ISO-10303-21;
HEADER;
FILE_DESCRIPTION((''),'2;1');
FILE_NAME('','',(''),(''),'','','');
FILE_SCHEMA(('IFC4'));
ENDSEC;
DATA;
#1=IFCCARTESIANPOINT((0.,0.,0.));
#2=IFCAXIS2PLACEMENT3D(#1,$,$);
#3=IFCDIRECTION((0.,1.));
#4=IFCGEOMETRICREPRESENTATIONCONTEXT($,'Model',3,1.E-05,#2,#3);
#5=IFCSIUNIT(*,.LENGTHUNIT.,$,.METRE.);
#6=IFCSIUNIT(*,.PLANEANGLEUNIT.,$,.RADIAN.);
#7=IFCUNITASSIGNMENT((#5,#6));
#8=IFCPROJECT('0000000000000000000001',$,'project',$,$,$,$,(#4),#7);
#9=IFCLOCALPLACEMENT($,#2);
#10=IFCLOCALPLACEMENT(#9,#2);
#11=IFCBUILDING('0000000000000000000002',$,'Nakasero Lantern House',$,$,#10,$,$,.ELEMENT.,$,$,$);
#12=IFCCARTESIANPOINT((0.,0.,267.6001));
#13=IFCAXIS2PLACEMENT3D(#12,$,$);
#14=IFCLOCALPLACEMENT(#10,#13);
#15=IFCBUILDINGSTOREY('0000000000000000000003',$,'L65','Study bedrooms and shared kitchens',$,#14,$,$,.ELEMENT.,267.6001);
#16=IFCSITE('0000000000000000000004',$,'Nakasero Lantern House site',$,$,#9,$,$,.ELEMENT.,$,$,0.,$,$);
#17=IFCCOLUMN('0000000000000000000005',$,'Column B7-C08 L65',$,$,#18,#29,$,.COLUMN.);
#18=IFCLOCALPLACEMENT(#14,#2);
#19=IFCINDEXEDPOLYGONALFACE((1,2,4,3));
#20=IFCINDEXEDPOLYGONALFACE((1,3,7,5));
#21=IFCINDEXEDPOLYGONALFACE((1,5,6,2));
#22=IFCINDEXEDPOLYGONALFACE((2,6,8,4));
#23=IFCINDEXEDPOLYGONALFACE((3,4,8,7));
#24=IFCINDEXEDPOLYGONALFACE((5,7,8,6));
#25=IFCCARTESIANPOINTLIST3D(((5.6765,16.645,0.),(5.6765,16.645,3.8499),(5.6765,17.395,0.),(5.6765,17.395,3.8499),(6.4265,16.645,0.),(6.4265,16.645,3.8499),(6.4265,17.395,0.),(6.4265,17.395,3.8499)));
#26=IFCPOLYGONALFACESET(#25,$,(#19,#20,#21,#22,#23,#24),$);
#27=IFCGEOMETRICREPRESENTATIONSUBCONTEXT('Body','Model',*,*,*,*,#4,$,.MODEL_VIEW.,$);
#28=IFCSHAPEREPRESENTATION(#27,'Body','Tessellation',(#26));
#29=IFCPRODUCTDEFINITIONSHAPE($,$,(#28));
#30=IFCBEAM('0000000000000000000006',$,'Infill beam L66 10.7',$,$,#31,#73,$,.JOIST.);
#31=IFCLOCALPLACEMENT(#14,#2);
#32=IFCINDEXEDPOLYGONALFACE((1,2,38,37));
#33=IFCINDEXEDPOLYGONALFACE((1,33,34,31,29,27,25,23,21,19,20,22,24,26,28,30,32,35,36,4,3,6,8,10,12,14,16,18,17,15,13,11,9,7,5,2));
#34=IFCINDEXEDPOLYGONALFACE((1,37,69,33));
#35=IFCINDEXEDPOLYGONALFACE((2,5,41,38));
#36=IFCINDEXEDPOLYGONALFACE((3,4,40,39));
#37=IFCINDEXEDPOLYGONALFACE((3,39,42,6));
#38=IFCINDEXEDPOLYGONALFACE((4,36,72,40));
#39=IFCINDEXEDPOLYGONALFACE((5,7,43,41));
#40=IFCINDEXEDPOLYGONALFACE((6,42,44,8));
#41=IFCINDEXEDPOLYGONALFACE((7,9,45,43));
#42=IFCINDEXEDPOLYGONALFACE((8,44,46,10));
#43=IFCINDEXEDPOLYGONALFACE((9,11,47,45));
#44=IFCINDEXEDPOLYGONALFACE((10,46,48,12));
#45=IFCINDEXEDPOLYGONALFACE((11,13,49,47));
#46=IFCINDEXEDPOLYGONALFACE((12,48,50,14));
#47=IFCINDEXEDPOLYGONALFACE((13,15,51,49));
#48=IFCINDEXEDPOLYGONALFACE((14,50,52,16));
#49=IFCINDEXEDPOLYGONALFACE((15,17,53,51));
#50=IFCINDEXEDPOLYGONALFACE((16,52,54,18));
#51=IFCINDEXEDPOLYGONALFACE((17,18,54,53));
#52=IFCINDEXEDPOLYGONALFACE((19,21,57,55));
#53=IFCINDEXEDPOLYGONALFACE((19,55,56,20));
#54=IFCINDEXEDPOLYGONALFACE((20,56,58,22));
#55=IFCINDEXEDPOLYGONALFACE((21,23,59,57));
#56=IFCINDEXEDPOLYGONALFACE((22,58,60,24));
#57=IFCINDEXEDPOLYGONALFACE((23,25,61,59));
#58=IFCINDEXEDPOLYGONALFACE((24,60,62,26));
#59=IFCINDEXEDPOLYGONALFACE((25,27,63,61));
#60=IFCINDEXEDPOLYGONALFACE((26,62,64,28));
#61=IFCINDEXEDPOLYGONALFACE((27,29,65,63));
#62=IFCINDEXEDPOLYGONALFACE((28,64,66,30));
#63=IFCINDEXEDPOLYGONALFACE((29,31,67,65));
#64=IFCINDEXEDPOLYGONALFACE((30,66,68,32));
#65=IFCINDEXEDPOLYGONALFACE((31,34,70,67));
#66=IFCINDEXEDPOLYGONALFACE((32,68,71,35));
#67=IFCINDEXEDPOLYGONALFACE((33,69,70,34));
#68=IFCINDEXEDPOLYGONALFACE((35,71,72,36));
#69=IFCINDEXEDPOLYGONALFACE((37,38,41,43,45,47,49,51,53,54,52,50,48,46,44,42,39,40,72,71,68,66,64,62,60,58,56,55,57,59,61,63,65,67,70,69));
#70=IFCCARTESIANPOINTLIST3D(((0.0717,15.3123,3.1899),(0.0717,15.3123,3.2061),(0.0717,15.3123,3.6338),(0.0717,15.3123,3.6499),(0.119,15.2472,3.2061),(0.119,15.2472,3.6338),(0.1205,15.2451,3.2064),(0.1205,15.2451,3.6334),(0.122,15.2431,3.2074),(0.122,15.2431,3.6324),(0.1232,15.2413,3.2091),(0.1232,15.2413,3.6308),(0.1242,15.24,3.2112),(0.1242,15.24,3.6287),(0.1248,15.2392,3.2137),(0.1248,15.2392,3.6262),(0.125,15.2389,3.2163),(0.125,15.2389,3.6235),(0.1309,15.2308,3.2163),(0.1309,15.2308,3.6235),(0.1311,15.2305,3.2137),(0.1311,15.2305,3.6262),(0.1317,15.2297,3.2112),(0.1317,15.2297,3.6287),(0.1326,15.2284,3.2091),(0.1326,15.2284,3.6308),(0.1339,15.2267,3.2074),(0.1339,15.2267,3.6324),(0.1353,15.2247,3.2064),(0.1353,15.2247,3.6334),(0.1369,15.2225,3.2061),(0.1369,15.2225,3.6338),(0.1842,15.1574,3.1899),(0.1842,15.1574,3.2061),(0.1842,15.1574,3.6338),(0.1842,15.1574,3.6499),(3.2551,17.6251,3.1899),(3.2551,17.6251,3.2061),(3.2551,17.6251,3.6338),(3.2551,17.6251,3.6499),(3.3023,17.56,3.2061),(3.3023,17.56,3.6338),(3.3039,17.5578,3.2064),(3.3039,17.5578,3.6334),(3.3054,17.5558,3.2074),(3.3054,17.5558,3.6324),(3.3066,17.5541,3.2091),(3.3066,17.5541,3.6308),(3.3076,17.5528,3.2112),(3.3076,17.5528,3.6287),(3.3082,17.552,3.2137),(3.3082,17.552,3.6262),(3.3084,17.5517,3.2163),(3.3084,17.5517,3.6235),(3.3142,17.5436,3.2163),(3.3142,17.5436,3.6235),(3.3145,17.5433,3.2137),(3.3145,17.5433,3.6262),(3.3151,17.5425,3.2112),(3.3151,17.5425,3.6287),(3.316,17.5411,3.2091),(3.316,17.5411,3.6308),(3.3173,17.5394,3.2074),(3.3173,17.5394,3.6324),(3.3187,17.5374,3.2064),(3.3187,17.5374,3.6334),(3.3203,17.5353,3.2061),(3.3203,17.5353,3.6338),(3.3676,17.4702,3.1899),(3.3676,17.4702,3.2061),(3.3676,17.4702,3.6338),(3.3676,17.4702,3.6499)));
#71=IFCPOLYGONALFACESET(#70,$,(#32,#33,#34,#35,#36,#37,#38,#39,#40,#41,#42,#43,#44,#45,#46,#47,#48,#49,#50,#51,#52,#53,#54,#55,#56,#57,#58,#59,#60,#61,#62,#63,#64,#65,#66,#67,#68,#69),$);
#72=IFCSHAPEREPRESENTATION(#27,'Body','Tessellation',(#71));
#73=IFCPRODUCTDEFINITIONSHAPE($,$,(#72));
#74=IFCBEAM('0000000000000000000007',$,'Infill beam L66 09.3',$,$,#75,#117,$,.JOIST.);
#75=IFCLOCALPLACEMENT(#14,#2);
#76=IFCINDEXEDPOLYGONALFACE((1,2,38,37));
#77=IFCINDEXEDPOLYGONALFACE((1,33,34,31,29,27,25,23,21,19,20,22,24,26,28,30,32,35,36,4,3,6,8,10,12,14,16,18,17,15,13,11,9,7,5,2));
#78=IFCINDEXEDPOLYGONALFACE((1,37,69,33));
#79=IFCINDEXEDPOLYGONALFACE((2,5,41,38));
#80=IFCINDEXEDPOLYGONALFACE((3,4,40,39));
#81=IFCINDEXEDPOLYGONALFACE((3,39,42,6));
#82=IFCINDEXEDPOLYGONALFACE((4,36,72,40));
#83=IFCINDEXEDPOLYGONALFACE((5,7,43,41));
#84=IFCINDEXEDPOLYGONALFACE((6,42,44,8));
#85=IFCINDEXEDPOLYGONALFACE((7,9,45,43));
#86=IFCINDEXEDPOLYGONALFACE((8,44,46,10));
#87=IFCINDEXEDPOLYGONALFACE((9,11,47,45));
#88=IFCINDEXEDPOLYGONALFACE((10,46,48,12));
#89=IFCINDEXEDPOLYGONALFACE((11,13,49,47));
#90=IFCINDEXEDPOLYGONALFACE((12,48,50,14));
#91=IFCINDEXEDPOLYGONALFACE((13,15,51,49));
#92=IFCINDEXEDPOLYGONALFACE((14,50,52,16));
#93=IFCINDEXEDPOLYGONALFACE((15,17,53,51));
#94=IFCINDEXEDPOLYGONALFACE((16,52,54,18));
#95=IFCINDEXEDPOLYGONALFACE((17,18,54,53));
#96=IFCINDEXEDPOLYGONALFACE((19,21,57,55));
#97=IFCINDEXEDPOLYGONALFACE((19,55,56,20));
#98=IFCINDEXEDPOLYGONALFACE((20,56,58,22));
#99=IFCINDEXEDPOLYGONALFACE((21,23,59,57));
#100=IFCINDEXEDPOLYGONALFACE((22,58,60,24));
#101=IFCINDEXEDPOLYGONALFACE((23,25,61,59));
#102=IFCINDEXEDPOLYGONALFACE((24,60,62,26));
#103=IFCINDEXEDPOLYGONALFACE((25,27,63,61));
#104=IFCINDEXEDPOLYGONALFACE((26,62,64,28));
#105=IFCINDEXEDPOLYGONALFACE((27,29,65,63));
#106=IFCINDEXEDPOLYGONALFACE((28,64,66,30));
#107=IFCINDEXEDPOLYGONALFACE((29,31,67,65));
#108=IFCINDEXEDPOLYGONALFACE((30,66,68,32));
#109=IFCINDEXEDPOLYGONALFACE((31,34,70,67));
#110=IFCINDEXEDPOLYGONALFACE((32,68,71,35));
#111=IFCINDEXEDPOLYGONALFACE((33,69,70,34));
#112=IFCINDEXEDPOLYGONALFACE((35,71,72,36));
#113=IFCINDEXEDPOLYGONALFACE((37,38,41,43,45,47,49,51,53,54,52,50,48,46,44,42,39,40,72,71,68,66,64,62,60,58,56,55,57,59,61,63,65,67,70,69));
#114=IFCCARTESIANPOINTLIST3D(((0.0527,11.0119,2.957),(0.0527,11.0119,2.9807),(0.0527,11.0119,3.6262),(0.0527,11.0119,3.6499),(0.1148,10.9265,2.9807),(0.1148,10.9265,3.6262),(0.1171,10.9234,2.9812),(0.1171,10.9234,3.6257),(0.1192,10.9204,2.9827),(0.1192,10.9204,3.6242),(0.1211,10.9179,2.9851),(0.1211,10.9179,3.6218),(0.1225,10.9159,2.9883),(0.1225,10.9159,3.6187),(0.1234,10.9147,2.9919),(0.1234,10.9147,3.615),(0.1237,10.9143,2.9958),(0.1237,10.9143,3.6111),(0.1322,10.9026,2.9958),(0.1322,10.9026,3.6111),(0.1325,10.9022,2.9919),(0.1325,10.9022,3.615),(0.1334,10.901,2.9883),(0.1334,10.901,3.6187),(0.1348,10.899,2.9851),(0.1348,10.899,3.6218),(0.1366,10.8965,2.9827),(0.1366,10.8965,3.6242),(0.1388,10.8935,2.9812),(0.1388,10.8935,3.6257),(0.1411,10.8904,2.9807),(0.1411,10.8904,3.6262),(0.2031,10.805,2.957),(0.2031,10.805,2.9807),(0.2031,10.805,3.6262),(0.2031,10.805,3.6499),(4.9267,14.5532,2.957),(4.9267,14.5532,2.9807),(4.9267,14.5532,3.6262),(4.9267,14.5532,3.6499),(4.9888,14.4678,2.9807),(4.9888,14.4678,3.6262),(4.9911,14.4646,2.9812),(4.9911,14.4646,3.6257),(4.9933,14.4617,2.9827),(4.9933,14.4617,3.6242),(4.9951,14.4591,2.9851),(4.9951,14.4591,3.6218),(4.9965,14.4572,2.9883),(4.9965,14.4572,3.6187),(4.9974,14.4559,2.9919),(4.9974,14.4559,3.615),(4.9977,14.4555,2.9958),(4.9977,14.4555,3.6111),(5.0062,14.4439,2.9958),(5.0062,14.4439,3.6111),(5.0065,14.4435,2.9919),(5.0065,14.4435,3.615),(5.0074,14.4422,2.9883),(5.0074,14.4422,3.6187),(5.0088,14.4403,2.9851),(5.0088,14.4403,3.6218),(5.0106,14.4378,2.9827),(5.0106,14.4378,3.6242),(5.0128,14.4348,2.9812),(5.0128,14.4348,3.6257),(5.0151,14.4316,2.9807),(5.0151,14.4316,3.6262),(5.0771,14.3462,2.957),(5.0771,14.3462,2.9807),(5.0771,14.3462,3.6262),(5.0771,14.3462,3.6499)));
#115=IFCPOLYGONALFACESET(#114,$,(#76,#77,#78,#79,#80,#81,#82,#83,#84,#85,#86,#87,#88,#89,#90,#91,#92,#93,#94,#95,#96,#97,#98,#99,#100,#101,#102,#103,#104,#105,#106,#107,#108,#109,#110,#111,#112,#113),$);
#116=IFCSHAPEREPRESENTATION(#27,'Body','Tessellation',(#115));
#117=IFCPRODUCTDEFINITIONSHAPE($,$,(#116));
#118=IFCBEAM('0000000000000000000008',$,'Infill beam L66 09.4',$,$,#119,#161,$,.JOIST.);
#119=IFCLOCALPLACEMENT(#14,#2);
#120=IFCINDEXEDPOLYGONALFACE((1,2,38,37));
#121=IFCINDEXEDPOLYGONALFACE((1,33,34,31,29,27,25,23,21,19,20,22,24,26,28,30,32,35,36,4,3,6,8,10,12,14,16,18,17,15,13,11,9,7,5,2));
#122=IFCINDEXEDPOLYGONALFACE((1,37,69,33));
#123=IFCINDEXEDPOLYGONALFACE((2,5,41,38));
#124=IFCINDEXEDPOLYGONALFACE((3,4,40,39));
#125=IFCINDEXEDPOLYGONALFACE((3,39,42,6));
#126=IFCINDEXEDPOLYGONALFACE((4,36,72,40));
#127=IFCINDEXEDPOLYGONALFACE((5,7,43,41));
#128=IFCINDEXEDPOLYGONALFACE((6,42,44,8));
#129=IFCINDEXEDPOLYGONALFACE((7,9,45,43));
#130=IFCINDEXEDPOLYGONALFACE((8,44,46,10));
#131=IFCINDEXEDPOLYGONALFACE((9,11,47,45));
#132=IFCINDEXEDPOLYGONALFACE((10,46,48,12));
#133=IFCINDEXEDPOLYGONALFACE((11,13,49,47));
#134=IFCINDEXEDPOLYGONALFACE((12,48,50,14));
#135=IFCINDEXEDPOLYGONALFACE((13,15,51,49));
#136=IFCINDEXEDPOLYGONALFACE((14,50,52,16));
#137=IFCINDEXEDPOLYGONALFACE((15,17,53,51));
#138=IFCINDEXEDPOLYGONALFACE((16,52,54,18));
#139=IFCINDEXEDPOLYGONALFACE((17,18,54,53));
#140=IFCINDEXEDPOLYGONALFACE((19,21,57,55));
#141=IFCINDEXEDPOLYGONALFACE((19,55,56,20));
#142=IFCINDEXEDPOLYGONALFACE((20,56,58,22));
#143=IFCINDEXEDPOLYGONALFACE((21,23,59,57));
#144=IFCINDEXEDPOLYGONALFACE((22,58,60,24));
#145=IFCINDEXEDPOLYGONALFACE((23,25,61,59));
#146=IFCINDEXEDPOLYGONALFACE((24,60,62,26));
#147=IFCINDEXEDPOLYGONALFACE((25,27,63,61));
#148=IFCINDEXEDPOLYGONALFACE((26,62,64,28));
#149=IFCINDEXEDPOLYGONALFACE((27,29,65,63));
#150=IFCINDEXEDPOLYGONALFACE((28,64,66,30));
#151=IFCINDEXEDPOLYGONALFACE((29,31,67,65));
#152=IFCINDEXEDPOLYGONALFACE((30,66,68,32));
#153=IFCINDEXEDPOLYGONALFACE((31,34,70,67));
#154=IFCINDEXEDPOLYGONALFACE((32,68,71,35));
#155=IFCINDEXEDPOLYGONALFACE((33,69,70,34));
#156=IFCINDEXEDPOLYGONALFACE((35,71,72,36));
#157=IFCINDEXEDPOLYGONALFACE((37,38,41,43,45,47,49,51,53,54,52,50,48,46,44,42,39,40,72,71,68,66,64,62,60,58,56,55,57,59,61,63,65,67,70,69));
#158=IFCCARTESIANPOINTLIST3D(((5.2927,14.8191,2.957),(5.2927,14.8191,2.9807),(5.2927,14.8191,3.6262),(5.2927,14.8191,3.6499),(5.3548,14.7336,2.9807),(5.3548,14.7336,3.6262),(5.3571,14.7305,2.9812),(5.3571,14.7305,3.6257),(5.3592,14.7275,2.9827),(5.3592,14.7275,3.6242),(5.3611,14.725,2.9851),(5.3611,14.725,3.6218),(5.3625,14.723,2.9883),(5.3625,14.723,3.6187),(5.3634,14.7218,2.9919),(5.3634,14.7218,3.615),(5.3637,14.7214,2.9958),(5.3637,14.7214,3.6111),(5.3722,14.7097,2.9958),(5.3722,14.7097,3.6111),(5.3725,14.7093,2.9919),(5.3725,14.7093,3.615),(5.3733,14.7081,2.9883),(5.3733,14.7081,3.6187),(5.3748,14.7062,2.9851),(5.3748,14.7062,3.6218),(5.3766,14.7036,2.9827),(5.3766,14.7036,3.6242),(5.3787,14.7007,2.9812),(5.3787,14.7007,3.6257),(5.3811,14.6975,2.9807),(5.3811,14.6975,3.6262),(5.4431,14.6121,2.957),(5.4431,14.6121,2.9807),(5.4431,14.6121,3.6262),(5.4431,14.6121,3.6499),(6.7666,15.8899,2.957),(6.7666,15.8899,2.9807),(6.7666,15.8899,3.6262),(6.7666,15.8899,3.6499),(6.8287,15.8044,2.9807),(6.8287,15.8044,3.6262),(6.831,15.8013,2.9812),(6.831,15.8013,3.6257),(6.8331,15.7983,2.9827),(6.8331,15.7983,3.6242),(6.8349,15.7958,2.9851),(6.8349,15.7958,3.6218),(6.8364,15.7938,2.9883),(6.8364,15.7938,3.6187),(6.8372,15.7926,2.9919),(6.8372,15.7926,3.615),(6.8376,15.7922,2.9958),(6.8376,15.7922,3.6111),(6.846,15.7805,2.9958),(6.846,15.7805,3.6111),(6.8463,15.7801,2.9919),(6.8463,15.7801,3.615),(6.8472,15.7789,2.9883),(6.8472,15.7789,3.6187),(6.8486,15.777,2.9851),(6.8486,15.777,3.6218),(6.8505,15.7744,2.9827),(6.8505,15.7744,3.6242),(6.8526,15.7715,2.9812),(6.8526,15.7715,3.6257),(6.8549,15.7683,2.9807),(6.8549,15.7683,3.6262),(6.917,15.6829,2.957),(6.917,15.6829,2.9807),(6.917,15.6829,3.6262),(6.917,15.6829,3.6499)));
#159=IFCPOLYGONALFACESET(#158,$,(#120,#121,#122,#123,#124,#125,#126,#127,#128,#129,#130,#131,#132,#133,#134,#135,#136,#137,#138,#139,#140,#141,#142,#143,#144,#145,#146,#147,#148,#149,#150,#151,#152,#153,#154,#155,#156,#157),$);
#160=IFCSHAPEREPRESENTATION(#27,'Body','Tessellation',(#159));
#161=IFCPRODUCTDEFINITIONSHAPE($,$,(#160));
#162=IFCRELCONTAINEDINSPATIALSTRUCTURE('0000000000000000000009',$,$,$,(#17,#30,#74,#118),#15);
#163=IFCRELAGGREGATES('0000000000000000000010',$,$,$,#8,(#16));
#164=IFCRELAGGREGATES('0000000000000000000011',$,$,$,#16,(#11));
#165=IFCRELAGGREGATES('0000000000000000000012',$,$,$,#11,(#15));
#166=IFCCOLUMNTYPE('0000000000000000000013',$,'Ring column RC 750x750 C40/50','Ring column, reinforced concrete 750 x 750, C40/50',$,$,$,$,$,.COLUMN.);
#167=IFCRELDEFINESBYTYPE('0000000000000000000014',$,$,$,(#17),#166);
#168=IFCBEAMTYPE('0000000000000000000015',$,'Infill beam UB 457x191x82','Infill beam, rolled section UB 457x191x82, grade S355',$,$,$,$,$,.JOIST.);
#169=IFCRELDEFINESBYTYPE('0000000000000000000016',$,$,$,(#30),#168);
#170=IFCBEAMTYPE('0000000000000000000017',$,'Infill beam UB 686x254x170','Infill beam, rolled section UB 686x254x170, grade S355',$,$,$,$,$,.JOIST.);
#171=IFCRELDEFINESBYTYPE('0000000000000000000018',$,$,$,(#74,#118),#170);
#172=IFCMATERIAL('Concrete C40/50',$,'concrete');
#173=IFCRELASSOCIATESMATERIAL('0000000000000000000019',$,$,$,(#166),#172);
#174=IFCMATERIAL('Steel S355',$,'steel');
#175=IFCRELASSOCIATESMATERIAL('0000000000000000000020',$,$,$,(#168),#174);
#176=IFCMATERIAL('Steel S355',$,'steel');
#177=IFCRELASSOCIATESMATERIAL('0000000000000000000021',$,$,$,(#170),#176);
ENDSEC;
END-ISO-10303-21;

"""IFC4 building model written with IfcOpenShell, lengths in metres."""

from ifc_helpers import new_model, si_unit, direction, frame, origin, origin_2d, place, context, subcontext, project, spatial, rectangle, i_section, extrude, material, material_profile, profile_set, type_object, element, save


model = new_model("IFC4")

# Units and contexts
model_context = context("Model", 3, precision=1e-05, world=origin(), true_north=direction((0.0, 1.0)))
body_context = subcontext(model_context, "Body", "Model", "MODEL_VIEW")
ifc_project = project(units=[si_unit("LENGTHUNIT", "METRE"), si_unit("PLANEANGLEUNIT", "RADIAN")], contexts=[model_context])

# Site, building, storey
site_placement = place(None, origin())
site = spatial("IfcSite", under=ifc_project, at=site_placement, Name="Nakasero Lantern House site", CompositionType="ELEMENT", RefElevation=0.0)
building_placement = place(site_placement, origin())
building = spatial("IfcBuilding", under=site, at=building_placement, Name="Nakasero Lantern House", CompositionType="ELEMENT")
storey_placement = place(building_placement, frame((0.0, 0.0, 267.6001)))
storey = spatial("IfcBuildingStorey", under=building, at=storey_placement, Name="L65", Description="Study bedrooms and shared kitchens", CompositionType="ELEMENT", Elevation=267.6001)

# Column
ifc_material_1 = material(Name="Concrete C40/50", Category="concrete")
ifc_material_profile_1 = material_profile(ifc_material_1, rectangle(XDim=0.75, YDim=0.75, at=origin_2d()), Name="RC 750x750")
ifc_profile_set_1 = profile_set([ifc_material_profile_1], Name="Concrete C40/50")
column_type = type_object("IfcColumnType", Name="Ring column RC 750x750 C40/50", Description="Ring column, reinforced concrete 750 x 750, C40/50", PredefinedType="COLUMN", material=ifc_profile_set_1)
column_placement = place(storey_placement, frame((6.0515, 17.02, 0.0), z_axis=(0.0, 0.0, 1.0), x_axis=(1.0, 0.0, 0.0)))
element("IfcColumn", 1, at=column_placement, inside=storey, type_object=column_type, Name="Column B7-C08 L65", PredefinedType="COLUMN", context=body_context, shape_type="SweptSolid", body=[
    extrude(rectangle(XDim=0.75, YDim=0.75, at=origin_2d()), origin(), (0.0, 0.0, 1.0), 3.8499),
])

# Beams
ifc_material_2 = material(Name="Steel S355", Category="steel")
ifc_material_profile_2 = material_profile(ifc_material_2, i_section(OverallWidth=0.1914, OverallDepth=0.46, WebThickness=0.01, FlangeThickness=0.0161, FilletRadius=0.0103, at=origin_2d()), Name="UB 457x191x82")
ifc_profile_set_2 = profile_set([ifc_material_profile_2], Name="Steel S355")
beam_type_1 = type_object("IfcBeamType", Name="Infill beam UB 457x191x82", Description="Infill beam, rolled section UB 457x191x82, grade S355", PredefinedType="JOIST", material=ifc_profile_set_2)
beam_1_placement = place(storey_placement, frame((0.1279, 15.2349, 3.4199), z_axis=(0.809028, 0.587769, 0.0), x_axis=(-0.587769, 0.809028, 0.0)))
element("IfcBeam", 2, at=beam_1_placement, inside=storey, type_object=beam_type_1, Name="Infill beam L66 10.7", PredefinedType="JOIST", context=body_context, shape_type="SweptSolid", body=[
    extrude(i_section(OverallWidth=0.1914, OverallDepth=0.46, WebThickness=0.01, FlangeThickness=0.0161, FilletRadius=0.0103, at=origin_2d()), origin(), (0.0, 0.0, 1.0), 3.9348),
])
ifc_material_3 = material(Name="Steel S355", Category="steel")
ifc_material_profile_3 = material_profile(ifc_material_3, i_section(OverallWidth=0.2559, OverallDepth=0.6929, WebThickness=0.0144, FlangeThickness=0.0237, FilletRadius=0.0151, at=origin_2d()), Name="UB 686x254x170")
ifc_profile_set_3 = profile_set([ifc_material_profile_3], Name="Steel S355")
beam_type_2 = type_object("IfcBeamType", Name="Infill beam UB 686x254x170", Description="Infill beam, rolled section UB 686x254x170, grade S355", PredefinedType="JOIST", material=ifc_profile_set_3)
beam_2_placement = place(storey_placement, frame((0.1279, 10.9084, 3.3035), z_axis=(0.809011, 0.587793, 0.0), x_axis=(-0.587793, 0.809011, 0.0)))
element("IfcBeam", 3, at=beam_2_placement, inside=storey, type_object=beam_type_2, Name="Infill beam L66 09.3", PredefinedType="JOIST", context=body_context, shape_type="SweptSolid", body=[
    extrude(i_section(OverallWidth=0.2559, OverallDepth=0.6929, WebThickness=0.0144, FlangeThickness=0.0237, FilletRadius=0.0151, at=origin_2d()), origin(), (0.0, 0.0, 1.0), 6.0247),
])
beam_3_placement = place(storey_placement, frame((5.3679, 14.7156, 3.3035), z_axis=(0.809026, 0.587773, 0.0), x_axis=(-0.587773, 0.809026, 0.0)))
element("IfcBeam", 4, at=beam_3_placement, inside=storey, type_object=beam_type_2, Name="Infill beam L66 09.4", PredefinedType="JOIST", context=body_context, shape_type="SweptSolid", body=[
    extrude(i_section(OverallWidth=0.2559, OverallDepth=0.6929, WebThickness=0.0144, FlangeThickness=0.0237, FilletRadius=0.0151, at=origin_2d()), origin(), (0.0, 0.0, 1.0), 1.8218),
])

save(model, "model.ifc")
